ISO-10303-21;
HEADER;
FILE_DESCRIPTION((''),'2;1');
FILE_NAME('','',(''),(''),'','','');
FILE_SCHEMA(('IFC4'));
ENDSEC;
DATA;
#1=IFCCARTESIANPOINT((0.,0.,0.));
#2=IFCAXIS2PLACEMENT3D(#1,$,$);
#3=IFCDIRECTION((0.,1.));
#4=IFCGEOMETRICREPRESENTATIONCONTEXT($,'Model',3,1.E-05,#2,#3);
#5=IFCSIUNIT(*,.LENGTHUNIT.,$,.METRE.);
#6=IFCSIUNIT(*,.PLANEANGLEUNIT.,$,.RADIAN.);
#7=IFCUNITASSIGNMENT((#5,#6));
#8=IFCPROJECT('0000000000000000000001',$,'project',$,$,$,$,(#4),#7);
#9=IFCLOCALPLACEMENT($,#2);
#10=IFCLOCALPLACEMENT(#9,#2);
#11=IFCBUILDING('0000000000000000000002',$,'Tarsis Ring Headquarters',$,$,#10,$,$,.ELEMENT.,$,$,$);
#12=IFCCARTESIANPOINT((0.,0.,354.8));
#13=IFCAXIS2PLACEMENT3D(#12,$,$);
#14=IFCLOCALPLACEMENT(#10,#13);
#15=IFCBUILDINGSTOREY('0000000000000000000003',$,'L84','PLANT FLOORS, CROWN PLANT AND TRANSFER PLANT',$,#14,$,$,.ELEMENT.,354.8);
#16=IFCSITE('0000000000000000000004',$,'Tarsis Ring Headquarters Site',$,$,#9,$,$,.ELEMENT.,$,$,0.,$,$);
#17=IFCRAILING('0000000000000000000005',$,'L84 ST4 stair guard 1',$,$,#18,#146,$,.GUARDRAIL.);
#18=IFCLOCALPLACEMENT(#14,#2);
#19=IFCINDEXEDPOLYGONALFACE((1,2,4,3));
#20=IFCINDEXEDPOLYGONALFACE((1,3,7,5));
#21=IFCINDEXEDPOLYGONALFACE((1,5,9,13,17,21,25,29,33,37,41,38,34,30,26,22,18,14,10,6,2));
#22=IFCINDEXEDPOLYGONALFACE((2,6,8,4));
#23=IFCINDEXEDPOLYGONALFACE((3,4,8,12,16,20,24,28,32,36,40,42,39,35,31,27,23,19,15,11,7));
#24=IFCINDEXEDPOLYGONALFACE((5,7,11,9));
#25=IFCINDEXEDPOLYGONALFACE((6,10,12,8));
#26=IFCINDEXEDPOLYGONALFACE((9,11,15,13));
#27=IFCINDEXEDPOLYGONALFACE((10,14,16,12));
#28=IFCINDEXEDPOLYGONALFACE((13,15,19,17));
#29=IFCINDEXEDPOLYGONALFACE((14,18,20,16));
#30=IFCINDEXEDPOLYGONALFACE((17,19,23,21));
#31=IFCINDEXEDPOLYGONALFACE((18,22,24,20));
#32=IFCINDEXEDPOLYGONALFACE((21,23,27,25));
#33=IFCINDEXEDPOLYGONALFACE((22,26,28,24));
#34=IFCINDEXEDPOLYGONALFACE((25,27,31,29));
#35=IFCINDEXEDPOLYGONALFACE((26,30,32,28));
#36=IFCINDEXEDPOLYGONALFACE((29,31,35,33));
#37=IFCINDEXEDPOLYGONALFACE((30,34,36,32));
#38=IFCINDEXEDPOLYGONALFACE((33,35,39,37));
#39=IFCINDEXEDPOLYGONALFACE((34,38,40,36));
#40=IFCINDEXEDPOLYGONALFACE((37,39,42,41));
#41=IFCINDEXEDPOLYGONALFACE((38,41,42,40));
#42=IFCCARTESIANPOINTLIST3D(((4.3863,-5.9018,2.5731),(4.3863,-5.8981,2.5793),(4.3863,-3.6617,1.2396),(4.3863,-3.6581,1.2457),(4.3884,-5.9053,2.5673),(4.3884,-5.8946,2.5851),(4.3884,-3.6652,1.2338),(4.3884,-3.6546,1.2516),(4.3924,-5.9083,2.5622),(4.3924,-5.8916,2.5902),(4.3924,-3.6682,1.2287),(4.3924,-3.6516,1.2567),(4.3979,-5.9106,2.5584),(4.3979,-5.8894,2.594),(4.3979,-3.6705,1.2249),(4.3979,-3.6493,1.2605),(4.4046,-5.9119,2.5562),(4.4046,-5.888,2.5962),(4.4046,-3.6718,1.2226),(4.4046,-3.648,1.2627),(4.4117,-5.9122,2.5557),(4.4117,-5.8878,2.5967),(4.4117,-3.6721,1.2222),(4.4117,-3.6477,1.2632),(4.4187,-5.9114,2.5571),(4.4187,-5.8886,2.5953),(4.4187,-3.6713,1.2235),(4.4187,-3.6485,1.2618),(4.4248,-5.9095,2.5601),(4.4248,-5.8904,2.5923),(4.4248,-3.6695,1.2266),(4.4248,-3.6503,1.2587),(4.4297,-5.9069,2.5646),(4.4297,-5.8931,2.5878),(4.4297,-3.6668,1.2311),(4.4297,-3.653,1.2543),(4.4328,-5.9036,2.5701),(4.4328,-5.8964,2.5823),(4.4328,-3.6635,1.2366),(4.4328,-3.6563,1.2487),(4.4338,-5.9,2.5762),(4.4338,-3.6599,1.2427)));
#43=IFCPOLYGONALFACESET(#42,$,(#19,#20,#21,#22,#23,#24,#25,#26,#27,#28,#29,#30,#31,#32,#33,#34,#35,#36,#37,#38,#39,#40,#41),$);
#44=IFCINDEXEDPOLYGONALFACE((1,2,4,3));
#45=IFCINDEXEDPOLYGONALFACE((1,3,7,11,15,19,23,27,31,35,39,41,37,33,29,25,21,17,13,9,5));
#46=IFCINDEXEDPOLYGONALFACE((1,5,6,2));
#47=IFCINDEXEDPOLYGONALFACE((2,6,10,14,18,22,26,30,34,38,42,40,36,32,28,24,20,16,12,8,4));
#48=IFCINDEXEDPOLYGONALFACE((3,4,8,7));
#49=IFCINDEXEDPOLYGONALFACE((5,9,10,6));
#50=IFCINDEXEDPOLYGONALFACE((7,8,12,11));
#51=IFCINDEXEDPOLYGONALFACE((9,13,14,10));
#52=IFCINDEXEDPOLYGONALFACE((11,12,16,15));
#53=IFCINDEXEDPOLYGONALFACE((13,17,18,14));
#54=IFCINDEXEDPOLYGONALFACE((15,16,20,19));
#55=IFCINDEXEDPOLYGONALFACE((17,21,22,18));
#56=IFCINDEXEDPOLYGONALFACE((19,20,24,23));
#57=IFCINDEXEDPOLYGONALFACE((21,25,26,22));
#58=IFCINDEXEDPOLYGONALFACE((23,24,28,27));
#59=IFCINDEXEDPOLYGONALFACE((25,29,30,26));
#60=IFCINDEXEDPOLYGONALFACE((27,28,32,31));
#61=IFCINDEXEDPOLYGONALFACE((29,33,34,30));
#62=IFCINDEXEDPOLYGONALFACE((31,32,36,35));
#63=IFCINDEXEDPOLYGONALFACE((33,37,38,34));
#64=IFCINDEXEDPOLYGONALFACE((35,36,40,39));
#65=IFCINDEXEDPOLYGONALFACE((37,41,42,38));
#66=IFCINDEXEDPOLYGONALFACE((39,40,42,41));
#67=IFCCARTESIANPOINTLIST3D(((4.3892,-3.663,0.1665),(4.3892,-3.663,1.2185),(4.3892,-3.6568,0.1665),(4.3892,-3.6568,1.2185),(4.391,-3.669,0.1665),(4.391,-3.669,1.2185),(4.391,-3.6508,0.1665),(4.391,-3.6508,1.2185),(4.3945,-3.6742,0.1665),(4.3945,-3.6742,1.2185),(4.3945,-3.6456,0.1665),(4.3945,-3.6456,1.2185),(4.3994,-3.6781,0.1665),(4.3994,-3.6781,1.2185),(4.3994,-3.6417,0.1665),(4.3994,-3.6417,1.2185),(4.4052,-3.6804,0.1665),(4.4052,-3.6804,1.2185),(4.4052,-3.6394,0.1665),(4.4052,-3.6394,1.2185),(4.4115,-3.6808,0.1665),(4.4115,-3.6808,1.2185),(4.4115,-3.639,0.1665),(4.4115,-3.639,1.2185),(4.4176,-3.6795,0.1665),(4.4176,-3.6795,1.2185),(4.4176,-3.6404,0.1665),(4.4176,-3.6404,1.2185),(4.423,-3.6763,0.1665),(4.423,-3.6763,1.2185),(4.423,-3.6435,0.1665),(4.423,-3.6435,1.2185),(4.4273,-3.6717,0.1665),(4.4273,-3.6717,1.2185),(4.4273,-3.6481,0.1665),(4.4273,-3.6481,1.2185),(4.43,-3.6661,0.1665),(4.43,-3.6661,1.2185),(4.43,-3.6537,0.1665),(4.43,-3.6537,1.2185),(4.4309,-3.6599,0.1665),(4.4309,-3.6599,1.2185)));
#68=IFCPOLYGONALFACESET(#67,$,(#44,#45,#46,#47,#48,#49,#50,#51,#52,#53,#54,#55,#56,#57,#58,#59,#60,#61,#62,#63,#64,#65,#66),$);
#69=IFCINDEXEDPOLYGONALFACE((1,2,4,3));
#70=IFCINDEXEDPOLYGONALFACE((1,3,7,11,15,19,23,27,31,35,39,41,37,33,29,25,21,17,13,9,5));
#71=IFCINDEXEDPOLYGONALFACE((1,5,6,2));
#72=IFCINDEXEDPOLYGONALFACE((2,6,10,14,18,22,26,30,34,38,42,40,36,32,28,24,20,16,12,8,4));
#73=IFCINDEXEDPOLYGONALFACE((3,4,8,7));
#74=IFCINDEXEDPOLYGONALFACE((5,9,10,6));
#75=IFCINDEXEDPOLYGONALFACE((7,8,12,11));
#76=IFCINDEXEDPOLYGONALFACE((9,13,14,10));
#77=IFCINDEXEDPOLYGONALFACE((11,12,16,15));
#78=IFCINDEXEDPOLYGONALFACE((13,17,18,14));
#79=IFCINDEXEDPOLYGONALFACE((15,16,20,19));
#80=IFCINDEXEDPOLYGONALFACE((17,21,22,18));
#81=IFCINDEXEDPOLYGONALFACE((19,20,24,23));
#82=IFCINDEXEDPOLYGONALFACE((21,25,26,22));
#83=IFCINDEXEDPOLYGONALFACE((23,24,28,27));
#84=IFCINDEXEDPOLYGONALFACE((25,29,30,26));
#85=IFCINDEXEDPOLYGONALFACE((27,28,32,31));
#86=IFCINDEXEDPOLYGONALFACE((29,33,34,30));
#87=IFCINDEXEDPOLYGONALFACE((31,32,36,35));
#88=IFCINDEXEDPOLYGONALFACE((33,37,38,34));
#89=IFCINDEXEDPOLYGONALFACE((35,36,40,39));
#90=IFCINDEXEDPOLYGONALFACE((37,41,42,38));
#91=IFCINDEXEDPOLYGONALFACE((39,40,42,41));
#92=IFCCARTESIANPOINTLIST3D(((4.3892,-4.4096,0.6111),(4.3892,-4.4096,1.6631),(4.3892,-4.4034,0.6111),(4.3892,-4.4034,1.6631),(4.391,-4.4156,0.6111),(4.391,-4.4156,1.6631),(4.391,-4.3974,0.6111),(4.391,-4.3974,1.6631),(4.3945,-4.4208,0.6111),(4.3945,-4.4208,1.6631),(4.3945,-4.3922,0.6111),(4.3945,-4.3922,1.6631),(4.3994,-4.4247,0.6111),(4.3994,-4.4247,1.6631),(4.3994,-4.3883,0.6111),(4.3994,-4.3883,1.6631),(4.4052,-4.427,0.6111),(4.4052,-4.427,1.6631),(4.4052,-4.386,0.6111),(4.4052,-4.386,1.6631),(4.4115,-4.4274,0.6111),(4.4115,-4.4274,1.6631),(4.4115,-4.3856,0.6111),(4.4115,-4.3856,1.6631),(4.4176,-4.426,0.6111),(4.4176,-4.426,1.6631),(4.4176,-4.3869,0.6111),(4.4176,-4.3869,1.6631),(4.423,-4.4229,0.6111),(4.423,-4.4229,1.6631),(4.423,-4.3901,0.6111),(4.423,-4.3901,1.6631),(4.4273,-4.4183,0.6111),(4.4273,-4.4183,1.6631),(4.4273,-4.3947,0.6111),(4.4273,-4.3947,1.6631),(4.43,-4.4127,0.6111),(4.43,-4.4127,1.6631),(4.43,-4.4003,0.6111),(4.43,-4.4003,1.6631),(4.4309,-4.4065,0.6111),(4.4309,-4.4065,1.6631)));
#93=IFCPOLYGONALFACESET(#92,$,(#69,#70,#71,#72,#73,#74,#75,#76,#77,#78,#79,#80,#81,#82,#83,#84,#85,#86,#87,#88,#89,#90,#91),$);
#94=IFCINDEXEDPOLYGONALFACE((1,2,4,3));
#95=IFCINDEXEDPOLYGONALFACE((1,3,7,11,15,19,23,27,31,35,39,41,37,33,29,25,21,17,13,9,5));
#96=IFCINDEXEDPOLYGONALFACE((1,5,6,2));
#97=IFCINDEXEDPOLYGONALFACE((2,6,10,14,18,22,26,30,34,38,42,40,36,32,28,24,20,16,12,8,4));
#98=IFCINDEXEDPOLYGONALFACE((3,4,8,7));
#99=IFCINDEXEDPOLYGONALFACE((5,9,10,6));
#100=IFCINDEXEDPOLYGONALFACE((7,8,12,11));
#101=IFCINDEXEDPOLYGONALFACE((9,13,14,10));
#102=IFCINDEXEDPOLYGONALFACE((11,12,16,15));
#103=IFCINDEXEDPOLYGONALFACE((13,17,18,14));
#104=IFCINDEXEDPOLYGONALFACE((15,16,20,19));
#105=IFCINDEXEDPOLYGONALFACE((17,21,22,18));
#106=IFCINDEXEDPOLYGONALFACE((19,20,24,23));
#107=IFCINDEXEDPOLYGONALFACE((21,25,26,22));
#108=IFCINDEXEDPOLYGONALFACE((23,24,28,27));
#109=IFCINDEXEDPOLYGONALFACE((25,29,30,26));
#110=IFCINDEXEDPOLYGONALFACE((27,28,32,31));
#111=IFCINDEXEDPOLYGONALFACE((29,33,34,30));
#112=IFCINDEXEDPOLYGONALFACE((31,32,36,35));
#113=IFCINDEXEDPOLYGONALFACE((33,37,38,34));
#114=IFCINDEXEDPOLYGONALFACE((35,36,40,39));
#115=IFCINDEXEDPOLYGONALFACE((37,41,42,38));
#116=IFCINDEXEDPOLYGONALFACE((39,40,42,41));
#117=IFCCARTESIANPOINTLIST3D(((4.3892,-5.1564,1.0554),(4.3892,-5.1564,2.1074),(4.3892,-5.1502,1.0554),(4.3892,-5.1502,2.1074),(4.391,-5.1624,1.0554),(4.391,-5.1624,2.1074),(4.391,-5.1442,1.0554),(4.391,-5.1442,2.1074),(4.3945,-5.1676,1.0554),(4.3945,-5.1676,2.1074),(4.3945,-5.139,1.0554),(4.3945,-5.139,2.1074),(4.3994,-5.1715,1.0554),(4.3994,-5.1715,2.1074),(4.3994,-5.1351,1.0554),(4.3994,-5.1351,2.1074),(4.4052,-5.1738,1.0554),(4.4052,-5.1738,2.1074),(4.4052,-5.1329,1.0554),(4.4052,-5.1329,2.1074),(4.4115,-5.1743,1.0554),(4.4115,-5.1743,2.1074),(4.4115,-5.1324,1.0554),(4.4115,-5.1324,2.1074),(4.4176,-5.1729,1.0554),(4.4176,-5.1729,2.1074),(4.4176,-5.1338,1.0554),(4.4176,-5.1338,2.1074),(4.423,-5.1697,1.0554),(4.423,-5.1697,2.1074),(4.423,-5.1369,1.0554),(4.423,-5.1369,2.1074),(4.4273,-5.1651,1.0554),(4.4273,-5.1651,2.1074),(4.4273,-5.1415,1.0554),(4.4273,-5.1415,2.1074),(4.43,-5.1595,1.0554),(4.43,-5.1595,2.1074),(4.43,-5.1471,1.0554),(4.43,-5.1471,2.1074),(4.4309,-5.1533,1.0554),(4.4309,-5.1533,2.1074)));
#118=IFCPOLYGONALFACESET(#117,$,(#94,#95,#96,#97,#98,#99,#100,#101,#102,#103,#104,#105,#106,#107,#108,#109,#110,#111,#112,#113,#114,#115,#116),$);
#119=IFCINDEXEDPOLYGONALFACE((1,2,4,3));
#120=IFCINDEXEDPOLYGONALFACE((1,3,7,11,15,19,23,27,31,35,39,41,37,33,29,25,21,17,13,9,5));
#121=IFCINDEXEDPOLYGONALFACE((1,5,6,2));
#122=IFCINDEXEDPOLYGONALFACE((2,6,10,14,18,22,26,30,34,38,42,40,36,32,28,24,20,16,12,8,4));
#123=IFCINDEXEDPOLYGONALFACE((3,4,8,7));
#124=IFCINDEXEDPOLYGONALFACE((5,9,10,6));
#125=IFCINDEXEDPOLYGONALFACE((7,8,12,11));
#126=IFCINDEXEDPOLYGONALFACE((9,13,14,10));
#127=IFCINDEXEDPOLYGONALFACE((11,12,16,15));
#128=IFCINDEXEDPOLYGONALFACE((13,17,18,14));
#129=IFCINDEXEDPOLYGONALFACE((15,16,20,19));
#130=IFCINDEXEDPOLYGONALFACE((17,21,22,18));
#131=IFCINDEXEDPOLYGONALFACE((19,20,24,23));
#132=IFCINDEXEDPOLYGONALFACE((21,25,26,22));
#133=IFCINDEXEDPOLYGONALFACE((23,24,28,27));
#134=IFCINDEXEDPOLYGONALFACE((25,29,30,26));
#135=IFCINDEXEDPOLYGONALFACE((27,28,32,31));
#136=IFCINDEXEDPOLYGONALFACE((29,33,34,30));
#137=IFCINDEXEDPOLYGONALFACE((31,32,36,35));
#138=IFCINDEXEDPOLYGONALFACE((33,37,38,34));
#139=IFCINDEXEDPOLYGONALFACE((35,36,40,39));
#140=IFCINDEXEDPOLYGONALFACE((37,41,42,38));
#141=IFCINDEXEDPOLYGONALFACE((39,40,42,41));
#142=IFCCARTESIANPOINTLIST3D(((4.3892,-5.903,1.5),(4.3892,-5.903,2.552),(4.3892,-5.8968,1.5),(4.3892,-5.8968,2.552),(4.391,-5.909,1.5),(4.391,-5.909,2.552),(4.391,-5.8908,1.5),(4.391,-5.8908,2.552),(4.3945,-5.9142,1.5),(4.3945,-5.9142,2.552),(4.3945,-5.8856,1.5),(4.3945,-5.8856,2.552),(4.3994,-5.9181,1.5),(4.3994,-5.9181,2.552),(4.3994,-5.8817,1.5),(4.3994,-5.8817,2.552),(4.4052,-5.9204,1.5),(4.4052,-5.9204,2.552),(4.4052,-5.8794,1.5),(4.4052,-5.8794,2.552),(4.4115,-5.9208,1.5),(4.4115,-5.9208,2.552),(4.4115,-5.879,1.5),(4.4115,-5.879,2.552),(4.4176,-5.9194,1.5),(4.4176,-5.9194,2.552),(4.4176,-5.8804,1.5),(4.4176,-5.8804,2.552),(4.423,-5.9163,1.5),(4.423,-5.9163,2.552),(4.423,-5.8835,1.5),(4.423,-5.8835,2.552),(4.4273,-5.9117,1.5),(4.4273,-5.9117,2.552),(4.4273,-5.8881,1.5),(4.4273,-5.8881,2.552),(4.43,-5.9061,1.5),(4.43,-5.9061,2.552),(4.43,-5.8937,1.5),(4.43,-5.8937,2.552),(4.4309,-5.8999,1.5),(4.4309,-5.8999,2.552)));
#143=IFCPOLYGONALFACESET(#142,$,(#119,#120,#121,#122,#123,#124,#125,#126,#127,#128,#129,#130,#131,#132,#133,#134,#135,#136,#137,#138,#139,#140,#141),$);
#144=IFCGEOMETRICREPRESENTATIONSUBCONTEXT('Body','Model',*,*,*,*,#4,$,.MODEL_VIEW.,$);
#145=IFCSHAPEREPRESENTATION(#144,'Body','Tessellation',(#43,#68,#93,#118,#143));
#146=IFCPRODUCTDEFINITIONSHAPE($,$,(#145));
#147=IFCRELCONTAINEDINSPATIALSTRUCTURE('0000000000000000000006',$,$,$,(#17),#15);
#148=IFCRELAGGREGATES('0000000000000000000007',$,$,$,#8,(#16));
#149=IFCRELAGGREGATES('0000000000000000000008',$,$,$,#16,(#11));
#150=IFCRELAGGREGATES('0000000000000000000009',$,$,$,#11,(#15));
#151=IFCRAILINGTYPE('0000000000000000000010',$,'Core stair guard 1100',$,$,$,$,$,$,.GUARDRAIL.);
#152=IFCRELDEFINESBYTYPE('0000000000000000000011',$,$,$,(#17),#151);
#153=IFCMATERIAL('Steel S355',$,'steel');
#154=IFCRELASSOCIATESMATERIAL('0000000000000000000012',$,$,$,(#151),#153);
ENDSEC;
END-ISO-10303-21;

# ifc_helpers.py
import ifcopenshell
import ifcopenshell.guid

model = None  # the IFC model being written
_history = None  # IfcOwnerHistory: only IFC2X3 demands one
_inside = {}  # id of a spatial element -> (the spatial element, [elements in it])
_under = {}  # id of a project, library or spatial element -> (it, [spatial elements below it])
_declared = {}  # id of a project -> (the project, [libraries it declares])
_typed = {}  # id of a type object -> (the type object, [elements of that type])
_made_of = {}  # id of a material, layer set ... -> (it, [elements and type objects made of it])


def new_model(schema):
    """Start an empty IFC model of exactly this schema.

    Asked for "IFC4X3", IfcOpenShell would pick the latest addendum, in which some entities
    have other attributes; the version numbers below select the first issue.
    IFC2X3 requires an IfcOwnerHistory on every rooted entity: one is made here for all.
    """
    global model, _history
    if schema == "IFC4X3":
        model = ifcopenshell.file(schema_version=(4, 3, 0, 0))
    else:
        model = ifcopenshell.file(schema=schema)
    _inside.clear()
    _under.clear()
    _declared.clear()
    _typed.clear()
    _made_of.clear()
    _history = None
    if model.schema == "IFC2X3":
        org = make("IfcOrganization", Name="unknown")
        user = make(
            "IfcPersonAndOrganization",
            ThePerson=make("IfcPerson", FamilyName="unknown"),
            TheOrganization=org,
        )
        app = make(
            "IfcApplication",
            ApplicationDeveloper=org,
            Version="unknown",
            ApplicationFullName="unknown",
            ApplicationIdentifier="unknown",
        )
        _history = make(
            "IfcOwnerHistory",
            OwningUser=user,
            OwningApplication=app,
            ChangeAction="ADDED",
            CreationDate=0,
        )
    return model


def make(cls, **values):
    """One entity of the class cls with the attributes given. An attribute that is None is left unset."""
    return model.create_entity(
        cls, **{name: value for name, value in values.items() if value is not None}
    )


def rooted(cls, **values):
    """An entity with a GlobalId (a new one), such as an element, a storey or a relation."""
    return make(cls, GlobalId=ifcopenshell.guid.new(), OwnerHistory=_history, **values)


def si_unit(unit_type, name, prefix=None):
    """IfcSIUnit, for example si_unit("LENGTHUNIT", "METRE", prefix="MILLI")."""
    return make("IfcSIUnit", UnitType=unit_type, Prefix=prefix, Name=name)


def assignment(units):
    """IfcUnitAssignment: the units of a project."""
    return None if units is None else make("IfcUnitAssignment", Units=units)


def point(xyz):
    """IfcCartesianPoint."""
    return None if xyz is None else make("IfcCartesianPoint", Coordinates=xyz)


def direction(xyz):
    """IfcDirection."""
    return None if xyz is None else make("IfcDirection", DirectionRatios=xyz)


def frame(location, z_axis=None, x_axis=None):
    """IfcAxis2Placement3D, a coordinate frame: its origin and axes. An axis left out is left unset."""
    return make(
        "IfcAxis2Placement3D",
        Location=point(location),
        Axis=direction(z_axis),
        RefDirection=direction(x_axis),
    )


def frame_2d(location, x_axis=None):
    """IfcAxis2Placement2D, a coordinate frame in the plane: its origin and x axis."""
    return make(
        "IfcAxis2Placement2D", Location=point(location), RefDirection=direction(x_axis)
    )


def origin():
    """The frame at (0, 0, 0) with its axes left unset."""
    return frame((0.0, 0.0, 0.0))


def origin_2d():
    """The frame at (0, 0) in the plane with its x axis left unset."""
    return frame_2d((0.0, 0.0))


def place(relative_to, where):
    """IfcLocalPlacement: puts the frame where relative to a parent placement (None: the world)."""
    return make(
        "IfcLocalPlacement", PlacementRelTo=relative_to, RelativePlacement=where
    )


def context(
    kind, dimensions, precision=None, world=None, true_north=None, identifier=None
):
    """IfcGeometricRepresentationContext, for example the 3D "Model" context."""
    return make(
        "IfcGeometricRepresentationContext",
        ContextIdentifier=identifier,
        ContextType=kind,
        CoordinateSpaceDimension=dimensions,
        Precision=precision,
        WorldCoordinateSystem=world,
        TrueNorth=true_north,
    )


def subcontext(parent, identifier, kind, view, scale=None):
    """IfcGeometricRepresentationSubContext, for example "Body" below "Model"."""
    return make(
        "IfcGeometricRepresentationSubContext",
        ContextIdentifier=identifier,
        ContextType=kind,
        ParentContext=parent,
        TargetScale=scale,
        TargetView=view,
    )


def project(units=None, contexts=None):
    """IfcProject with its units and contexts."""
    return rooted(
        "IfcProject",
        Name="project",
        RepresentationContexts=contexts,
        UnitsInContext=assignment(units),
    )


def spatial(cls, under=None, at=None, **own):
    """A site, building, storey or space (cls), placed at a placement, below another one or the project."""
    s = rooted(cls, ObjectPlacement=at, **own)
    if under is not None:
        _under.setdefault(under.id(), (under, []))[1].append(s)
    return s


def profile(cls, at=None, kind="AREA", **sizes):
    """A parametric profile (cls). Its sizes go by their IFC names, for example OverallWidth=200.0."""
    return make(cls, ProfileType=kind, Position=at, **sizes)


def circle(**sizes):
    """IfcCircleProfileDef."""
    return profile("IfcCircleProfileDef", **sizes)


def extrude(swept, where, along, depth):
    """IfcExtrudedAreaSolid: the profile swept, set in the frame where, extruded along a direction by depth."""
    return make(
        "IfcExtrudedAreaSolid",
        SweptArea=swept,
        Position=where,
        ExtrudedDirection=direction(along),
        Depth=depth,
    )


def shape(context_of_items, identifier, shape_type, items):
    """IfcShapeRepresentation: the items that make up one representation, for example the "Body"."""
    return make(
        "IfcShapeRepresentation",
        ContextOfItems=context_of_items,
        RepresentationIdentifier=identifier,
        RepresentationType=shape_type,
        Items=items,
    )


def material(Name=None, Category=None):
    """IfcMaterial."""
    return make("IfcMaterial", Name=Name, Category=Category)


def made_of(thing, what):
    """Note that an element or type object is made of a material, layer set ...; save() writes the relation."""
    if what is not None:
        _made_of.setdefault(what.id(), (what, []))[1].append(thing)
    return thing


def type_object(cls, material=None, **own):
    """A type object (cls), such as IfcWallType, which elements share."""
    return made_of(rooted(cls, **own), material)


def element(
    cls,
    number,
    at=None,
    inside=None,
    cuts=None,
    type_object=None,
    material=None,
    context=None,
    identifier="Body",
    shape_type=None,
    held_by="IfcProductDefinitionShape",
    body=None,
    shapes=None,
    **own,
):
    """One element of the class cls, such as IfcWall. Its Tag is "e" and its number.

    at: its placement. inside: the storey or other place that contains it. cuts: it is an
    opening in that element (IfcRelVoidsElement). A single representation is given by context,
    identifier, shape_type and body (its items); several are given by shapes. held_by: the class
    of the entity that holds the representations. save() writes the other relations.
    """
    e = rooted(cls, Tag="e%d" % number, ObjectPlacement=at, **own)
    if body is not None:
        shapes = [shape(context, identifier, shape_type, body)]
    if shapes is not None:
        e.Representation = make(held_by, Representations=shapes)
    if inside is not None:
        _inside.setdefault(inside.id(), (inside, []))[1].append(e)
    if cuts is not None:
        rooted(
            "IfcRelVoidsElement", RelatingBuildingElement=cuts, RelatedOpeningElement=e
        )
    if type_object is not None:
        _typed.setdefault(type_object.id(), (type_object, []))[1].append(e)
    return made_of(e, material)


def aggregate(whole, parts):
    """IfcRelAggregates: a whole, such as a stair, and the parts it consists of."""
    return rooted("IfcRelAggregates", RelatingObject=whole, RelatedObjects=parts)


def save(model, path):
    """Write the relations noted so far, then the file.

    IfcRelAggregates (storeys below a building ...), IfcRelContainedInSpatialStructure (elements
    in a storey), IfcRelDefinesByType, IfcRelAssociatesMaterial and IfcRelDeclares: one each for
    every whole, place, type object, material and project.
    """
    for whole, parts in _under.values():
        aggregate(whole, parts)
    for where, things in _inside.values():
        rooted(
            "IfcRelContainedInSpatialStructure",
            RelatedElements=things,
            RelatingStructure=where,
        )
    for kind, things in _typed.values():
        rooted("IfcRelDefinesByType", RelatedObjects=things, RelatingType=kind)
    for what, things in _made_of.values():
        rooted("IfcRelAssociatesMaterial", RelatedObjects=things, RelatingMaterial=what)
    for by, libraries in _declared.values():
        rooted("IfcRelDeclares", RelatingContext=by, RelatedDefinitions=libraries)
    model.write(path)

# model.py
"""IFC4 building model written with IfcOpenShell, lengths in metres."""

from ifc_helpers import new_model, si_unit, direction, frame, origin, origin_2d, place, context, subcontext, project, spatial, circle, extrude, material, type_object, element, save


model = new_model("IFC4")

# Units and contexts
model_context = context("Model", 3, precision=1e-05, world=origin(), true_north=direction((0.0, 1.0)))
body_context = subcontext(model_context, "Body", "Model", "MODEL_VIEW")
ifc_project = project(units=[si_unit("LENGTHUNIT", "METRE"), si_unit("PLANEANGLEUNIT", "RADIAN")], contexts=[model_context])

# Site, building, storey
site_placement = place(None, origin())
site = spatial("IfcSite", under=ifc_project, at=site_placement, Name="Tarsis Ring Headquarters Site", CompositionType="ELEMENT", RefElevation=0.0)
building_placement = place(site_placement, origin())
building = spatial("IfcBuilding", under=site, at=building_placement, Name="Tarsis Ring Headquarters", CompositionType="ELEMENT")
storey_placement = place(building_placement, frame((0.0, 0.0, 354.8)))
storey = spatial("IfcBuildingStorey", under=building, at=storey_placement, Name="L84", Description="PLANT FLOORS, CROWN PLANT AND TRANSFER PLANT", CompositionType="ELEMENT", Elevation=354.8)

# Railing
ifc_material_1 = material(Name="Steel S355", Category="steel")
railing_type_1 = type_object("IfcRailingType", Name="Core stair guard 1100", PredefinedType="GUARDRAIL", material=ifc_material_1)
railing_1_placement = place(storey_placement, frame((4.4099, -3.6599, 0.1665)))
element("IfcRailing", 1, at=railing_1_placement, inside=storey, type_object=railing_type_1, Name="L84 ST4 stair guard 1", PredefinedType="GUARDRAIL", context=body_context, shape_type="SweptSolid", body=[
    extrude(circle(Radius=0.0239, at=origin_2d()), frame((0.0, 0.0, 1.0762), z_axis=(0.0, -0.859264, 0.511532), x_axis=(1.0, 0.0, 0.0)), (0.0, 0.0, 1.0), 2.6069),
    extrude(circle(Radius=0.021, at=origin_2d()), origin(), (0.0, 0.0, 1.0), 1.052),
    extrude(circle(Radius=0.021, at=origin_2d()), frame((0.0, -0.7466, 0.4446)), (0.0, 0.0, 1.0), 1.052),
    extrude(circle(Radius=0.021, at=origin_2d()), frame((0.0, -1.4934, 0.8889)), (0.0, 0.0, 1.0), 1.052),
    extrude(circle(Radius=0.021, at=origin_2d()), frame((0.0, -2.24, 1.3335)), (0.0, 0.0, 1.0), 1.052),
])

save(model, "model.ifc")
